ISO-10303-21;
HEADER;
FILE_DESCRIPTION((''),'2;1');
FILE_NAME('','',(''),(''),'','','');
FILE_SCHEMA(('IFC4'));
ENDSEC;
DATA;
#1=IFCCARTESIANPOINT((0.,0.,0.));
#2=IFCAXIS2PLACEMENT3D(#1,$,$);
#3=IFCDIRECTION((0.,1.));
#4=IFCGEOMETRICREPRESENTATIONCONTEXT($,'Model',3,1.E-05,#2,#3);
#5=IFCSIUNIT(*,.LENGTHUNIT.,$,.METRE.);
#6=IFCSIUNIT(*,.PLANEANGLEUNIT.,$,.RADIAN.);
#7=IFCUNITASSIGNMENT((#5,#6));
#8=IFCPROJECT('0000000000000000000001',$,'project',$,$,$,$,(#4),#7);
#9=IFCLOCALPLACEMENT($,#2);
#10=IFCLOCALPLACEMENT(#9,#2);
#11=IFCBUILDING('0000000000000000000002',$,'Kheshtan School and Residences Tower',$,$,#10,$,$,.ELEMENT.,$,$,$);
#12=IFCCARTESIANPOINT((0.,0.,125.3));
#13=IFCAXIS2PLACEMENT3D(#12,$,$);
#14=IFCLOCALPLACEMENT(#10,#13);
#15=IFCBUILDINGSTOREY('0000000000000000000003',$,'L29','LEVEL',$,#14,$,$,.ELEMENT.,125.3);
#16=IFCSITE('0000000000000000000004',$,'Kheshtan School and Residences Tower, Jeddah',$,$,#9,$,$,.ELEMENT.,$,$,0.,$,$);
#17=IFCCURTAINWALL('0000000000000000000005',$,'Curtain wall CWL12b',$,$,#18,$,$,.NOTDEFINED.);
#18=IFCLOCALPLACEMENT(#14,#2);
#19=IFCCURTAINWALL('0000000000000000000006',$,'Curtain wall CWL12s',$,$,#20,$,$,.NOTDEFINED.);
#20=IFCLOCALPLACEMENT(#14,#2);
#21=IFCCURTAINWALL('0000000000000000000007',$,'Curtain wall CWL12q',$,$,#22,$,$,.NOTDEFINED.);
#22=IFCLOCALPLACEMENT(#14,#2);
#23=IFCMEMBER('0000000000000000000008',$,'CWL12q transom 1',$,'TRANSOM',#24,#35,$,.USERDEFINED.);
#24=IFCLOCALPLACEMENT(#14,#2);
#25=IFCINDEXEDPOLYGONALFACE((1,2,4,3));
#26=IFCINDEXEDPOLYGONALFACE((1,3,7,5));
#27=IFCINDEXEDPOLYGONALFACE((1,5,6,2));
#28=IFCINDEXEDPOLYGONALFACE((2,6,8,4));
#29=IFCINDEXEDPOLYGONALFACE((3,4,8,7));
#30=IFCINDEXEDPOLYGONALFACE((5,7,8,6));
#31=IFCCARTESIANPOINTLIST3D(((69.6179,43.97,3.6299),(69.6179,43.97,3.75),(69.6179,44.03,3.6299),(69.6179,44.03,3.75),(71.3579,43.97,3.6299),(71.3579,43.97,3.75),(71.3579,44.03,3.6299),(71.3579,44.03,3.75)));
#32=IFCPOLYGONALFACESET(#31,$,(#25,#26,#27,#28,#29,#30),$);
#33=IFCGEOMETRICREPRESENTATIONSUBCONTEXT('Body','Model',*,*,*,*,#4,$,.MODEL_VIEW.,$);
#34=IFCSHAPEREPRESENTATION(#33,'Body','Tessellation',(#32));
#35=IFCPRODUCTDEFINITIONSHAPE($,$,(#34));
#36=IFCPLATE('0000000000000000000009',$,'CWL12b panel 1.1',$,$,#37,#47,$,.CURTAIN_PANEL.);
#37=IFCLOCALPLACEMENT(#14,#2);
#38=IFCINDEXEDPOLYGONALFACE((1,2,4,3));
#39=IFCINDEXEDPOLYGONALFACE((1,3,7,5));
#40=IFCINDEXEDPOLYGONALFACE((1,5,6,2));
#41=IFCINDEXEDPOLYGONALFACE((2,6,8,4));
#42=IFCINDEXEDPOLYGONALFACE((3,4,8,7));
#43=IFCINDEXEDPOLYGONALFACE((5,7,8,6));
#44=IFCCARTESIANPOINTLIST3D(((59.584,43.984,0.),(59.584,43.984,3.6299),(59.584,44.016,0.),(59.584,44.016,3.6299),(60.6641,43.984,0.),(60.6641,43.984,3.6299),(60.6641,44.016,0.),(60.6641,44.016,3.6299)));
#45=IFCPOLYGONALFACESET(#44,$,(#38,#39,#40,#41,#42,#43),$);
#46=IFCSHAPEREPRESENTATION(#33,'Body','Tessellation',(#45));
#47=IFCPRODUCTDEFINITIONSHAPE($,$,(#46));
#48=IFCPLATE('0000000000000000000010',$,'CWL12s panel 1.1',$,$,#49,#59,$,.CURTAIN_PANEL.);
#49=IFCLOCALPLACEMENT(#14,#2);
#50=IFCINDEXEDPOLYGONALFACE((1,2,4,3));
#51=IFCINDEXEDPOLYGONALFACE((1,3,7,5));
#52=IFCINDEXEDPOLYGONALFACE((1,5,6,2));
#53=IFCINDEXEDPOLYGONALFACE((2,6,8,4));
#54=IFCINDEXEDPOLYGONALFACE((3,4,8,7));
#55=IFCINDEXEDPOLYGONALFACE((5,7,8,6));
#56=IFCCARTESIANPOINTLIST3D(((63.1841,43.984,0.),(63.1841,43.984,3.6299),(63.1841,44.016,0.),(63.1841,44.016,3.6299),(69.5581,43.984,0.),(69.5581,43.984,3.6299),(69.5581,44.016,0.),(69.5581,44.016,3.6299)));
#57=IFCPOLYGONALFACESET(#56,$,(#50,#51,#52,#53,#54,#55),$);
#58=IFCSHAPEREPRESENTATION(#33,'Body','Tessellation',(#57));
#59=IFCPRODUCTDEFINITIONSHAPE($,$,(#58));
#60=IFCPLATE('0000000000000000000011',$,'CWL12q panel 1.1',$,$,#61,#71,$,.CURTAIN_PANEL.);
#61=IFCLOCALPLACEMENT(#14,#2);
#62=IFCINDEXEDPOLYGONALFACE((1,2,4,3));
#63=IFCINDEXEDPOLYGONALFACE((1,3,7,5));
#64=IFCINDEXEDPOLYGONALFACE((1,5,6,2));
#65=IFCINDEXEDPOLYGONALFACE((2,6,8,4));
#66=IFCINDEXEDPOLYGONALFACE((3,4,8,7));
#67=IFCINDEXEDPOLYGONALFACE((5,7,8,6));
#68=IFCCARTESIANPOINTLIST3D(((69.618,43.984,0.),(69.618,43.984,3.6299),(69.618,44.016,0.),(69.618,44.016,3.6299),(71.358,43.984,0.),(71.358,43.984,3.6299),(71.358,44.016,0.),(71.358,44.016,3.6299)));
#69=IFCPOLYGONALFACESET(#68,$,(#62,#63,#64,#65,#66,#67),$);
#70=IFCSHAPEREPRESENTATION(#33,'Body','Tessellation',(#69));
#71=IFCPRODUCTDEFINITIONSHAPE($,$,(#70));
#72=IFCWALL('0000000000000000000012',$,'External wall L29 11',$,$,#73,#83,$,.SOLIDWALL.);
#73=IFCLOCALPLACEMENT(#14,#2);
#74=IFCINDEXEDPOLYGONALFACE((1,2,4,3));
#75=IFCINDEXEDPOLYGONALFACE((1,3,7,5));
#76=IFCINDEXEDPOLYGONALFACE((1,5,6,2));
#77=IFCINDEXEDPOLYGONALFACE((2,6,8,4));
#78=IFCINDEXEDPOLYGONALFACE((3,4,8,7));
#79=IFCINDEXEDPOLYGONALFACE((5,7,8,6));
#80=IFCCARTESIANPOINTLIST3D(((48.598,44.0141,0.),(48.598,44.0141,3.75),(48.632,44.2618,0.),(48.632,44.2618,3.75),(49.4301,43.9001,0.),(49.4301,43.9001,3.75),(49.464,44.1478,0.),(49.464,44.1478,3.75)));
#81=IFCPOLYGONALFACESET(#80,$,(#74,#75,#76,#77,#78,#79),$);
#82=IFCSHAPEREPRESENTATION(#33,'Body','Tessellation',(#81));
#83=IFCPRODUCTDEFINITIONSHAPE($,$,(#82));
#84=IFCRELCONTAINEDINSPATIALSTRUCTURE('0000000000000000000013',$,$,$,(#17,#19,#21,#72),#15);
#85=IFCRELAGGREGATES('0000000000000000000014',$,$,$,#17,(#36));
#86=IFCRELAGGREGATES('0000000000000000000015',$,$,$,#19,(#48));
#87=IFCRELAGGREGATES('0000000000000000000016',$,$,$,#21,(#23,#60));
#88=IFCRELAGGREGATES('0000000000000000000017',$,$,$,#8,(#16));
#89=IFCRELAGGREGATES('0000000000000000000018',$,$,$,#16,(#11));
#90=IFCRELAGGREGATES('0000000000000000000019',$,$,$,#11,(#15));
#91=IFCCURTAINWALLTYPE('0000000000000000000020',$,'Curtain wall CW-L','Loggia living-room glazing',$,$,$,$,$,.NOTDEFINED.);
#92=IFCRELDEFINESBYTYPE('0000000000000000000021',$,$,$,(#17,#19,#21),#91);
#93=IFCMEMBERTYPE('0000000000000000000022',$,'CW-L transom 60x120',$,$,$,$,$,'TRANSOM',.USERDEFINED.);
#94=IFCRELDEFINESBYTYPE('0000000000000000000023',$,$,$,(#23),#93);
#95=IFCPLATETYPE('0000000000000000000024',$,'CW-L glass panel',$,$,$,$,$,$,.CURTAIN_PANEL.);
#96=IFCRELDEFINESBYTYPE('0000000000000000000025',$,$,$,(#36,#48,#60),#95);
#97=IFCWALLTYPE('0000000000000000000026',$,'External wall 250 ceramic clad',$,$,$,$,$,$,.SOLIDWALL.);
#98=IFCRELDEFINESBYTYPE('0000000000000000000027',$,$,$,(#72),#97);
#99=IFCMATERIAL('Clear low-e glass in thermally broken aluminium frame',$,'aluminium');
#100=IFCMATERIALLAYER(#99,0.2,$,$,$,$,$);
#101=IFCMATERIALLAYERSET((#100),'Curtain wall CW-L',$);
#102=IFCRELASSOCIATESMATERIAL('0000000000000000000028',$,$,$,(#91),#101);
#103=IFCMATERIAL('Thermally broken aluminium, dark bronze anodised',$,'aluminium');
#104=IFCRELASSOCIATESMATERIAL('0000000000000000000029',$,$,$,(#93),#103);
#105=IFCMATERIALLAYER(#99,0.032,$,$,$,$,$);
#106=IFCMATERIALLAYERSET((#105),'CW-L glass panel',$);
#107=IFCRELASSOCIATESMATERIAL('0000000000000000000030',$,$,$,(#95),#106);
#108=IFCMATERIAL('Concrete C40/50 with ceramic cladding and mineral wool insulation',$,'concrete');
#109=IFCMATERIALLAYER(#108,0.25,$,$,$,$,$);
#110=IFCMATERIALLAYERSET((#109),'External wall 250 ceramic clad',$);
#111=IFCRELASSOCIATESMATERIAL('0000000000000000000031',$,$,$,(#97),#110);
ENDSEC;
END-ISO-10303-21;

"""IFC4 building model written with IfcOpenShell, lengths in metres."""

from ifc_helpers import new_model, si_unit, direction, frame, frame_2d, origin, origin_2d, place, context, subcontext, project, spatial, rectangle, extrude, material, layer, layer_set, material_profile, profile_set, type_object, element, aggregate, save


model = new_model("IFC4")

# Units and contexts
model_context = context("Model", 3, precision=1e-05, world=origin(), true_north=direction((0.0, 1.0)))
body_context = subcontext(model_context, "Body", "Model", "MODEL_VIEW")
ifc_project = project(units=[si_unit("LENGTHUNIT", "METRE"), si_unit("PLANEANGLEUNIT", "RADIAN")], contexts=[model_context])

# Site, building, storey
site_placement = place(None, origin())
site = spatial("IfcSite", under=ifc_project, at=site_placement, Name="Kheshtan School and Residences Tower, Jeddah", CompositionType="ELEMENT", RefElevation=0.0)
building_placement = place(site_placement, origin())
building = spatial("IfcBuilding", under=site, at=building_placement, Name="Kheshtan School and Residences Tower", CompositionType="ELEMENT")
storey_placement = place(building_placement, frame((0.0, 0.0, 125.3)))
storey = spatial("IfcBuildingStorey", under=building, at=storey_placement, Name="L29", Description="LEVEL", CompositionType="ELEMENT", Elevation=125.3)

# Curtain walls
ifc_material_1 = material(Name="Clear low-e glass in thermally broken aluminium frame", Category="aluminium")
ifc_layer_1 = layer(ifc_material_1, 0.2)
ifc_layer_set_1 = layer_set([ifc_layer_1], Name="Curtain wall CW-L")
curtain_wall_type = type_object("IfcCurtainWallType", Name="Curtain wall CW-L", Description="Loggia living-room glazing", PredefinedType="NOTDEFINED", material=ifc_layer_set_1)
curtain_wall_1_placement = place(storey_placement, origin())
curtain_wall_1 = element("IfcCurtainWall", 1, at=curtain_wall_1_placement, inside=storey, type_object=curtain_wall_type, Name="Curtain wall CWL12b", PredefinedType="NOTDEFINED")
ifc_material_2 = material(Name="Thermally broken aluminium, dark bronze anodised", Category="aluminium")
curtain_wall_2_placement = place(storey_placement, origin())
curtain_wall_2 = element("IfcCurtainWall", 2, at=curtain_wall_2_placement, inside=storey, type_object=curtain_wall_type, Name="Curtain wall CWL12s", PredefinedType="NOTDEFINED")

# Curtain wall
curtain_wall_3_placement = place(storey_placement, origin())
curtain_wall_3 = element("IfcCurtainWall", 3, at=curtain_wall_3_placement, inside=storey, type_object=curtain_wall_type, Name="Curtain wall CWL12q", PredefinedType="NOTDEFINED")

# Member
ifc_material_profile_1 = material_profile(ifc_material_2, rectangle(XDim=0.0601, YDim=0.1201, at=origin_2d()), Name="CW-L transom 60x120")
ifc_profile_set_1 = profile_set([ifc_material_profile_1], Name="Thermally broken aluminium, dark bronze anodised")
member_type_1 = type_object("IfcMemberType", Name="CW-L transom 60x120", ElementType="TRANSOM", PredefinedType="USERDEFINED", material=ifc_profile_set_1)
member_1_placement = place(storey_placement, frame((69.6179, 44.0, 3.6899), z_axis=(1.0, 0.0, 0.0), x_axis=(0.0, 1.0, 0.0)))
member_1 = element("IfcMember", 4, at=member_1_placement, type_object=member_type_1, Name="CWL12q transom 1", ObjectType="TRANSOM", PredefinedType="USERDEFINED", context=body_context, shape_type="SweptSolid", body=[
    extrude(rectangle(XDim=0.0601, YDim=0.1201, at=origin_2d()), origin(), (0.0, 0.0, 1.0), 1.74),
])

# Plates
ifc_layer_2 = layer(ifc_material_1, 0.032)
ifc_layer_set_2 = layer_set([ifc_layer_2], Name="CW-L glass panel")
plate_type = type_object("IfcPlateType", Name="CW-L glass panel", PredefinedType="CURTAIN_PANEL", material=ifc_layer_set_2)
plate_1_placement = place(storey_placement, frame((60.124, 44.0, 0.0), z_axis=(0.0, 0.0, 1.0), x_axis=(1.0, 0.0, 0.0)))
plate_1 = element("IfcPlate", 5, at=plate_1_placement, type_object=plate_type, Name="CWL12b panel 1.1", PredefinedType="CURTAIN_PANEL", context=body_context, shape_type="SweptSolid", body=[
    extrude(rectangle(XDim=1.0801, YDim=0.032, at=origin_2d()), origin(), (0.0, 0.0, 1.0), 3.6299),
])
aggregate(curtain_wall_1, [plate_1])
plate_2_placement = place(storey_placement, frame((66.3711, 44.0, 0.0), z_axis=(0.0, 0.0, 1.0), x_axis=(1.0, 0.0, 0.0)))
plate_2 = element("IfcPlate", 6, at=plate_2_placement, type_object=plate_type, Name="CWL12s panel 1.1", PredefinedType="CURTAIN_PANEL", context=body_context, shape_type="SweptSolid", body=[
    extrude(rectangle(XDim=6.374, YDim=0.032, at=origin_2d()), origin(), (0.0, 0.0, 1.0), 3.6299),
])
aggregate(curtain_wall_2, [plate_2])
plate_3_placement = place(storey_placement, frame((70.488, 44.0, 0.0), z_axis=(0.0, 0.0, 1.0), x_axis=(1.0, 0.0, 0.0)))
plate_3 = element("IfcPlate", 7, at=plate_3_placement, type_object=plate_type, Name="CWL12q panel 1.1", PredefinedType="CURTAIN_PANEL", context=body_context, shape_type="SweptSolid", body=[
    extrude(rectangle(XDim=1.74, YDim=0.032, at=origin_2d()), origin(), (0.0, 0.0, 1.0), 3.6299),
])
aggregate(curtain_wall_3, [member_1, plate_3])

# Wall
ifc_material_3 = material(Name="Concrete C40/50 with ceramic cladding and mineral wool insulation", Category="concrete")
ifc_layer_3 = layer(ifc_material_3, 0.25)
ifc_layer_set_3 = layer_set([ifc_layer_3], Name="External wall 250 ceramic clad")
wall_type = type_object("IfcWallType", Name="External wall 250 ceramic clad", PredefinedType="SOLIDWALL", material=ifc_layer_set_3)
wall_placement = place(storey_placement, frame((48.615, 44.1379, 0.0), z_axis=(0.0, 0.0, 1.0), x_axis=(0.990742, -0.135762, 0.0)))
element("IfcWall", 8, at=wall_placement, inside=storey, type_object=wall_type, Name="External wall L29 11", PredefinedType="SOLIDWALL", context=body_context, shape_type="SweptSolid", body=[
    extrude(rectangle(XDim=0.8398, YDim=0.25, at=frame_2d((0.4199, 0.0))), origin(), (0.0, 0.0, 1.0), 3.75),
])

save(model, "model.ifc")
